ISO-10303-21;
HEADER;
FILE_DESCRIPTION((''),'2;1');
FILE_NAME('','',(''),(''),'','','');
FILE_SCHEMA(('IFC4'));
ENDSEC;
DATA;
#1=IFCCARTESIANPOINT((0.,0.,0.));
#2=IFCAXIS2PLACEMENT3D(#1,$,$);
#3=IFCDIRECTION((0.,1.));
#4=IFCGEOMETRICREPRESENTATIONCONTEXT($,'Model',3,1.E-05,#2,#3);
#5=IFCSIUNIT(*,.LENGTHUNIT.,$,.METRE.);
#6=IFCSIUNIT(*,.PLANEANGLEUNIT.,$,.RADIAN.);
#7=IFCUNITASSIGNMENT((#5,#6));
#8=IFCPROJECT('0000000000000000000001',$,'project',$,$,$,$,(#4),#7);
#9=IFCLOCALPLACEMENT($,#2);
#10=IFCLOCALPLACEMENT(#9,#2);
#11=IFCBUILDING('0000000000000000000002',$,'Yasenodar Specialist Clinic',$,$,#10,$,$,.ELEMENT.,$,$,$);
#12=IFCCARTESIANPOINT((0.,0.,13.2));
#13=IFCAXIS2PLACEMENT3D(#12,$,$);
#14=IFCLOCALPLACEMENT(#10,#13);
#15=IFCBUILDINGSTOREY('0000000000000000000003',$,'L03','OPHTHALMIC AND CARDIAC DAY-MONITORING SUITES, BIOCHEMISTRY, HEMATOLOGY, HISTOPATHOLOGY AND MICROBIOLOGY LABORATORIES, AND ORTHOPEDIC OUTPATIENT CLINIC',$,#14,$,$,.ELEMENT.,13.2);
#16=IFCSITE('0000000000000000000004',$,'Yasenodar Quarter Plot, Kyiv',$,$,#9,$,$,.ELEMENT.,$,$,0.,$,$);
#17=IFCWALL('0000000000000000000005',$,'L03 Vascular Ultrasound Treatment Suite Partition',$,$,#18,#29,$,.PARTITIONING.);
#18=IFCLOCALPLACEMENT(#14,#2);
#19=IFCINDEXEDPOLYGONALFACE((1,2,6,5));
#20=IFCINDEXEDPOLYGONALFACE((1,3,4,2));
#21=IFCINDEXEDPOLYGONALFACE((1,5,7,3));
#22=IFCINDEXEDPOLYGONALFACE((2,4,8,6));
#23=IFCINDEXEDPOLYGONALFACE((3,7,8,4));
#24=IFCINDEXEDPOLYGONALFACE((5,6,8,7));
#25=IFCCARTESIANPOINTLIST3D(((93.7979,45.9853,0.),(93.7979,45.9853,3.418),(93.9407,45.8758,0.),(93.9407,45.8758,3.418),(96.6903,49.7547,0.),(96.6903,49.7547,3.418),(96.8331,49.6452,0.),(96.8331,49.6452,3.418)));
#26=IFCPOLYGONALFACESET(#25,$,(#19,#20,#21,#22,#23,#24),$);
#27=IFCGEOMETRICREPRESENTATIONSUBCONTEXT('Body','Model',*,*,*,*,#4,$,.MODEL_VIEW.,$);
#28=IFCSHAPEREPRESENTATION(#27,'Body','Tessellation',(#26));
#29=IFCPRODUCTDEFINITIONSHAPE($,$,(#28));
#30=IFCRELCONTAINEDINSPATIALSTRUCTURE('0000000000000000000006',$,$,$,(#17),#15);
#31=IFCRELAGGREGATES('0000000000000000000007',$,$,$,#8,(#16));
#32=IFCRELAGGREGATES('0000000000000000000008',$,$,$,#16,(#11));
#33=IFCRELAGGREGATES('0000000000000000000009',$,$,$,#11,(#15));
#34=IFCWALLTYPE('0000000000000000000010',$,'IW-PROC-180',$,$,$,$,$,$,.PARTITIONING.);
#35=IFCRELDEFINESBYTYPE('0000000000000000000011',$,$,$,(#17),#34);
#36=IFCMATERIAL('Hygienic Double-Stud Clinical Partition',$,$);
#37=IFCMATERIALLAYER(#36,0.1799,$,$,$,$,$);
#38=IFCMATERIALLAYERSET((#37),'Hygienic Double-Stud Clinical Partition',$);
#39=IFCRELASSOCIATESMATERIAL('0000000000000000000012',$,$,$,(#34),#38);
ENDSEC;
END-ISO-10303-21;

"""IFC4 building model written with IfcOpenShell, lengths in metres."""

from ifc_helpers import new_model, si_unit, direction, frame, frame_2d, origin, place, context, subcontext, project, spatial, rectangle, extrude, material, layer, layer_set, type_object, element, save


model = new_model("IFC4")

# Units and contexts
model_context = context("Model", 3, precision=1e-05, world=origin(), true_north=direction((0.0, 1.0)))
body_context = subcontext(model_context, "Body", "Model", "MODEL_VIEW")
ifc_project = project(units=[si_unit("LENGTHUNIT", "METRE"), si_unit("PLANEANGLEUNIT", "RADIAN")], contexts=[model_context])

# Site, building, storey
site_placement = place(None, origin())
site = spatial("IfcSite", under=ifc_project, at=site_placement, Name="Yasenodar Quarter Plot, Kyiv", CompositionType="ELEMENT", RefElevation=0.0)
building_placement = place(site_placement, origin())
building = spatial("IfcBuilding", under=site, at=building_placement, Name="Yasenodar Specialist Clinic", CompositionType="ELEMENT")
storey_placement = place(building_placement, frame((0.0, 0.0, 13.2)))
storey = spatial("IfcBuildingStorey", under=building, at=storey_placement, Name="L03", Description="OPHTHALMIC AND CARDIAC DAY-MONITORING SUITES, BIOCHEMISTRY, HEMATOLOGY, HISTOPATHOLOGY AND MICROBIOLOGY LABORATORIES, AND ORTHOPEDIC OUTPATIENT CLINIC", CompositionType="ELEMENT", Elevation=13.2)

# Wall
ifc_material_1 = material(Name="Hygienic Double-Stud Clinical Partition")
ifc_layer_1 = layer(ifc_material_1, 0.1799)
ifc_layer_set_1 = layer_set([ifc_layer_1], Name="Hygienic Double-Stud Clinical Partition")
wall_type_1 = type_object("IfcWallType", Name="IW-PROC-180", PredefinedType="PARTITIONING", material=ifc_layer_set_1)
wall_1_placement = place(storey_placement, frame((93.8694, 45.9307, 0.0), z_axis=(0.0, 0.0, 1.0), x_axis=(0.608769, 0.793347, 0.0)))
element("IfcWall", 1, at=wall_1_placement, inside=storey, type_object=wall_type_1, Name="L03 Vascular Ultrasound Treatment Suite Partition", PredefinedType="PARTITIONING", context=body_context, shape_type="SweptSolid", body=[
    extrude(rectangle(XDim=4.7512, YDim=0.1799, at=frame_2d((2.3755, 0.0))), origin(), (0.0, 0.0, 1.0), 3.418),
])

save(model, "model.ifc")
